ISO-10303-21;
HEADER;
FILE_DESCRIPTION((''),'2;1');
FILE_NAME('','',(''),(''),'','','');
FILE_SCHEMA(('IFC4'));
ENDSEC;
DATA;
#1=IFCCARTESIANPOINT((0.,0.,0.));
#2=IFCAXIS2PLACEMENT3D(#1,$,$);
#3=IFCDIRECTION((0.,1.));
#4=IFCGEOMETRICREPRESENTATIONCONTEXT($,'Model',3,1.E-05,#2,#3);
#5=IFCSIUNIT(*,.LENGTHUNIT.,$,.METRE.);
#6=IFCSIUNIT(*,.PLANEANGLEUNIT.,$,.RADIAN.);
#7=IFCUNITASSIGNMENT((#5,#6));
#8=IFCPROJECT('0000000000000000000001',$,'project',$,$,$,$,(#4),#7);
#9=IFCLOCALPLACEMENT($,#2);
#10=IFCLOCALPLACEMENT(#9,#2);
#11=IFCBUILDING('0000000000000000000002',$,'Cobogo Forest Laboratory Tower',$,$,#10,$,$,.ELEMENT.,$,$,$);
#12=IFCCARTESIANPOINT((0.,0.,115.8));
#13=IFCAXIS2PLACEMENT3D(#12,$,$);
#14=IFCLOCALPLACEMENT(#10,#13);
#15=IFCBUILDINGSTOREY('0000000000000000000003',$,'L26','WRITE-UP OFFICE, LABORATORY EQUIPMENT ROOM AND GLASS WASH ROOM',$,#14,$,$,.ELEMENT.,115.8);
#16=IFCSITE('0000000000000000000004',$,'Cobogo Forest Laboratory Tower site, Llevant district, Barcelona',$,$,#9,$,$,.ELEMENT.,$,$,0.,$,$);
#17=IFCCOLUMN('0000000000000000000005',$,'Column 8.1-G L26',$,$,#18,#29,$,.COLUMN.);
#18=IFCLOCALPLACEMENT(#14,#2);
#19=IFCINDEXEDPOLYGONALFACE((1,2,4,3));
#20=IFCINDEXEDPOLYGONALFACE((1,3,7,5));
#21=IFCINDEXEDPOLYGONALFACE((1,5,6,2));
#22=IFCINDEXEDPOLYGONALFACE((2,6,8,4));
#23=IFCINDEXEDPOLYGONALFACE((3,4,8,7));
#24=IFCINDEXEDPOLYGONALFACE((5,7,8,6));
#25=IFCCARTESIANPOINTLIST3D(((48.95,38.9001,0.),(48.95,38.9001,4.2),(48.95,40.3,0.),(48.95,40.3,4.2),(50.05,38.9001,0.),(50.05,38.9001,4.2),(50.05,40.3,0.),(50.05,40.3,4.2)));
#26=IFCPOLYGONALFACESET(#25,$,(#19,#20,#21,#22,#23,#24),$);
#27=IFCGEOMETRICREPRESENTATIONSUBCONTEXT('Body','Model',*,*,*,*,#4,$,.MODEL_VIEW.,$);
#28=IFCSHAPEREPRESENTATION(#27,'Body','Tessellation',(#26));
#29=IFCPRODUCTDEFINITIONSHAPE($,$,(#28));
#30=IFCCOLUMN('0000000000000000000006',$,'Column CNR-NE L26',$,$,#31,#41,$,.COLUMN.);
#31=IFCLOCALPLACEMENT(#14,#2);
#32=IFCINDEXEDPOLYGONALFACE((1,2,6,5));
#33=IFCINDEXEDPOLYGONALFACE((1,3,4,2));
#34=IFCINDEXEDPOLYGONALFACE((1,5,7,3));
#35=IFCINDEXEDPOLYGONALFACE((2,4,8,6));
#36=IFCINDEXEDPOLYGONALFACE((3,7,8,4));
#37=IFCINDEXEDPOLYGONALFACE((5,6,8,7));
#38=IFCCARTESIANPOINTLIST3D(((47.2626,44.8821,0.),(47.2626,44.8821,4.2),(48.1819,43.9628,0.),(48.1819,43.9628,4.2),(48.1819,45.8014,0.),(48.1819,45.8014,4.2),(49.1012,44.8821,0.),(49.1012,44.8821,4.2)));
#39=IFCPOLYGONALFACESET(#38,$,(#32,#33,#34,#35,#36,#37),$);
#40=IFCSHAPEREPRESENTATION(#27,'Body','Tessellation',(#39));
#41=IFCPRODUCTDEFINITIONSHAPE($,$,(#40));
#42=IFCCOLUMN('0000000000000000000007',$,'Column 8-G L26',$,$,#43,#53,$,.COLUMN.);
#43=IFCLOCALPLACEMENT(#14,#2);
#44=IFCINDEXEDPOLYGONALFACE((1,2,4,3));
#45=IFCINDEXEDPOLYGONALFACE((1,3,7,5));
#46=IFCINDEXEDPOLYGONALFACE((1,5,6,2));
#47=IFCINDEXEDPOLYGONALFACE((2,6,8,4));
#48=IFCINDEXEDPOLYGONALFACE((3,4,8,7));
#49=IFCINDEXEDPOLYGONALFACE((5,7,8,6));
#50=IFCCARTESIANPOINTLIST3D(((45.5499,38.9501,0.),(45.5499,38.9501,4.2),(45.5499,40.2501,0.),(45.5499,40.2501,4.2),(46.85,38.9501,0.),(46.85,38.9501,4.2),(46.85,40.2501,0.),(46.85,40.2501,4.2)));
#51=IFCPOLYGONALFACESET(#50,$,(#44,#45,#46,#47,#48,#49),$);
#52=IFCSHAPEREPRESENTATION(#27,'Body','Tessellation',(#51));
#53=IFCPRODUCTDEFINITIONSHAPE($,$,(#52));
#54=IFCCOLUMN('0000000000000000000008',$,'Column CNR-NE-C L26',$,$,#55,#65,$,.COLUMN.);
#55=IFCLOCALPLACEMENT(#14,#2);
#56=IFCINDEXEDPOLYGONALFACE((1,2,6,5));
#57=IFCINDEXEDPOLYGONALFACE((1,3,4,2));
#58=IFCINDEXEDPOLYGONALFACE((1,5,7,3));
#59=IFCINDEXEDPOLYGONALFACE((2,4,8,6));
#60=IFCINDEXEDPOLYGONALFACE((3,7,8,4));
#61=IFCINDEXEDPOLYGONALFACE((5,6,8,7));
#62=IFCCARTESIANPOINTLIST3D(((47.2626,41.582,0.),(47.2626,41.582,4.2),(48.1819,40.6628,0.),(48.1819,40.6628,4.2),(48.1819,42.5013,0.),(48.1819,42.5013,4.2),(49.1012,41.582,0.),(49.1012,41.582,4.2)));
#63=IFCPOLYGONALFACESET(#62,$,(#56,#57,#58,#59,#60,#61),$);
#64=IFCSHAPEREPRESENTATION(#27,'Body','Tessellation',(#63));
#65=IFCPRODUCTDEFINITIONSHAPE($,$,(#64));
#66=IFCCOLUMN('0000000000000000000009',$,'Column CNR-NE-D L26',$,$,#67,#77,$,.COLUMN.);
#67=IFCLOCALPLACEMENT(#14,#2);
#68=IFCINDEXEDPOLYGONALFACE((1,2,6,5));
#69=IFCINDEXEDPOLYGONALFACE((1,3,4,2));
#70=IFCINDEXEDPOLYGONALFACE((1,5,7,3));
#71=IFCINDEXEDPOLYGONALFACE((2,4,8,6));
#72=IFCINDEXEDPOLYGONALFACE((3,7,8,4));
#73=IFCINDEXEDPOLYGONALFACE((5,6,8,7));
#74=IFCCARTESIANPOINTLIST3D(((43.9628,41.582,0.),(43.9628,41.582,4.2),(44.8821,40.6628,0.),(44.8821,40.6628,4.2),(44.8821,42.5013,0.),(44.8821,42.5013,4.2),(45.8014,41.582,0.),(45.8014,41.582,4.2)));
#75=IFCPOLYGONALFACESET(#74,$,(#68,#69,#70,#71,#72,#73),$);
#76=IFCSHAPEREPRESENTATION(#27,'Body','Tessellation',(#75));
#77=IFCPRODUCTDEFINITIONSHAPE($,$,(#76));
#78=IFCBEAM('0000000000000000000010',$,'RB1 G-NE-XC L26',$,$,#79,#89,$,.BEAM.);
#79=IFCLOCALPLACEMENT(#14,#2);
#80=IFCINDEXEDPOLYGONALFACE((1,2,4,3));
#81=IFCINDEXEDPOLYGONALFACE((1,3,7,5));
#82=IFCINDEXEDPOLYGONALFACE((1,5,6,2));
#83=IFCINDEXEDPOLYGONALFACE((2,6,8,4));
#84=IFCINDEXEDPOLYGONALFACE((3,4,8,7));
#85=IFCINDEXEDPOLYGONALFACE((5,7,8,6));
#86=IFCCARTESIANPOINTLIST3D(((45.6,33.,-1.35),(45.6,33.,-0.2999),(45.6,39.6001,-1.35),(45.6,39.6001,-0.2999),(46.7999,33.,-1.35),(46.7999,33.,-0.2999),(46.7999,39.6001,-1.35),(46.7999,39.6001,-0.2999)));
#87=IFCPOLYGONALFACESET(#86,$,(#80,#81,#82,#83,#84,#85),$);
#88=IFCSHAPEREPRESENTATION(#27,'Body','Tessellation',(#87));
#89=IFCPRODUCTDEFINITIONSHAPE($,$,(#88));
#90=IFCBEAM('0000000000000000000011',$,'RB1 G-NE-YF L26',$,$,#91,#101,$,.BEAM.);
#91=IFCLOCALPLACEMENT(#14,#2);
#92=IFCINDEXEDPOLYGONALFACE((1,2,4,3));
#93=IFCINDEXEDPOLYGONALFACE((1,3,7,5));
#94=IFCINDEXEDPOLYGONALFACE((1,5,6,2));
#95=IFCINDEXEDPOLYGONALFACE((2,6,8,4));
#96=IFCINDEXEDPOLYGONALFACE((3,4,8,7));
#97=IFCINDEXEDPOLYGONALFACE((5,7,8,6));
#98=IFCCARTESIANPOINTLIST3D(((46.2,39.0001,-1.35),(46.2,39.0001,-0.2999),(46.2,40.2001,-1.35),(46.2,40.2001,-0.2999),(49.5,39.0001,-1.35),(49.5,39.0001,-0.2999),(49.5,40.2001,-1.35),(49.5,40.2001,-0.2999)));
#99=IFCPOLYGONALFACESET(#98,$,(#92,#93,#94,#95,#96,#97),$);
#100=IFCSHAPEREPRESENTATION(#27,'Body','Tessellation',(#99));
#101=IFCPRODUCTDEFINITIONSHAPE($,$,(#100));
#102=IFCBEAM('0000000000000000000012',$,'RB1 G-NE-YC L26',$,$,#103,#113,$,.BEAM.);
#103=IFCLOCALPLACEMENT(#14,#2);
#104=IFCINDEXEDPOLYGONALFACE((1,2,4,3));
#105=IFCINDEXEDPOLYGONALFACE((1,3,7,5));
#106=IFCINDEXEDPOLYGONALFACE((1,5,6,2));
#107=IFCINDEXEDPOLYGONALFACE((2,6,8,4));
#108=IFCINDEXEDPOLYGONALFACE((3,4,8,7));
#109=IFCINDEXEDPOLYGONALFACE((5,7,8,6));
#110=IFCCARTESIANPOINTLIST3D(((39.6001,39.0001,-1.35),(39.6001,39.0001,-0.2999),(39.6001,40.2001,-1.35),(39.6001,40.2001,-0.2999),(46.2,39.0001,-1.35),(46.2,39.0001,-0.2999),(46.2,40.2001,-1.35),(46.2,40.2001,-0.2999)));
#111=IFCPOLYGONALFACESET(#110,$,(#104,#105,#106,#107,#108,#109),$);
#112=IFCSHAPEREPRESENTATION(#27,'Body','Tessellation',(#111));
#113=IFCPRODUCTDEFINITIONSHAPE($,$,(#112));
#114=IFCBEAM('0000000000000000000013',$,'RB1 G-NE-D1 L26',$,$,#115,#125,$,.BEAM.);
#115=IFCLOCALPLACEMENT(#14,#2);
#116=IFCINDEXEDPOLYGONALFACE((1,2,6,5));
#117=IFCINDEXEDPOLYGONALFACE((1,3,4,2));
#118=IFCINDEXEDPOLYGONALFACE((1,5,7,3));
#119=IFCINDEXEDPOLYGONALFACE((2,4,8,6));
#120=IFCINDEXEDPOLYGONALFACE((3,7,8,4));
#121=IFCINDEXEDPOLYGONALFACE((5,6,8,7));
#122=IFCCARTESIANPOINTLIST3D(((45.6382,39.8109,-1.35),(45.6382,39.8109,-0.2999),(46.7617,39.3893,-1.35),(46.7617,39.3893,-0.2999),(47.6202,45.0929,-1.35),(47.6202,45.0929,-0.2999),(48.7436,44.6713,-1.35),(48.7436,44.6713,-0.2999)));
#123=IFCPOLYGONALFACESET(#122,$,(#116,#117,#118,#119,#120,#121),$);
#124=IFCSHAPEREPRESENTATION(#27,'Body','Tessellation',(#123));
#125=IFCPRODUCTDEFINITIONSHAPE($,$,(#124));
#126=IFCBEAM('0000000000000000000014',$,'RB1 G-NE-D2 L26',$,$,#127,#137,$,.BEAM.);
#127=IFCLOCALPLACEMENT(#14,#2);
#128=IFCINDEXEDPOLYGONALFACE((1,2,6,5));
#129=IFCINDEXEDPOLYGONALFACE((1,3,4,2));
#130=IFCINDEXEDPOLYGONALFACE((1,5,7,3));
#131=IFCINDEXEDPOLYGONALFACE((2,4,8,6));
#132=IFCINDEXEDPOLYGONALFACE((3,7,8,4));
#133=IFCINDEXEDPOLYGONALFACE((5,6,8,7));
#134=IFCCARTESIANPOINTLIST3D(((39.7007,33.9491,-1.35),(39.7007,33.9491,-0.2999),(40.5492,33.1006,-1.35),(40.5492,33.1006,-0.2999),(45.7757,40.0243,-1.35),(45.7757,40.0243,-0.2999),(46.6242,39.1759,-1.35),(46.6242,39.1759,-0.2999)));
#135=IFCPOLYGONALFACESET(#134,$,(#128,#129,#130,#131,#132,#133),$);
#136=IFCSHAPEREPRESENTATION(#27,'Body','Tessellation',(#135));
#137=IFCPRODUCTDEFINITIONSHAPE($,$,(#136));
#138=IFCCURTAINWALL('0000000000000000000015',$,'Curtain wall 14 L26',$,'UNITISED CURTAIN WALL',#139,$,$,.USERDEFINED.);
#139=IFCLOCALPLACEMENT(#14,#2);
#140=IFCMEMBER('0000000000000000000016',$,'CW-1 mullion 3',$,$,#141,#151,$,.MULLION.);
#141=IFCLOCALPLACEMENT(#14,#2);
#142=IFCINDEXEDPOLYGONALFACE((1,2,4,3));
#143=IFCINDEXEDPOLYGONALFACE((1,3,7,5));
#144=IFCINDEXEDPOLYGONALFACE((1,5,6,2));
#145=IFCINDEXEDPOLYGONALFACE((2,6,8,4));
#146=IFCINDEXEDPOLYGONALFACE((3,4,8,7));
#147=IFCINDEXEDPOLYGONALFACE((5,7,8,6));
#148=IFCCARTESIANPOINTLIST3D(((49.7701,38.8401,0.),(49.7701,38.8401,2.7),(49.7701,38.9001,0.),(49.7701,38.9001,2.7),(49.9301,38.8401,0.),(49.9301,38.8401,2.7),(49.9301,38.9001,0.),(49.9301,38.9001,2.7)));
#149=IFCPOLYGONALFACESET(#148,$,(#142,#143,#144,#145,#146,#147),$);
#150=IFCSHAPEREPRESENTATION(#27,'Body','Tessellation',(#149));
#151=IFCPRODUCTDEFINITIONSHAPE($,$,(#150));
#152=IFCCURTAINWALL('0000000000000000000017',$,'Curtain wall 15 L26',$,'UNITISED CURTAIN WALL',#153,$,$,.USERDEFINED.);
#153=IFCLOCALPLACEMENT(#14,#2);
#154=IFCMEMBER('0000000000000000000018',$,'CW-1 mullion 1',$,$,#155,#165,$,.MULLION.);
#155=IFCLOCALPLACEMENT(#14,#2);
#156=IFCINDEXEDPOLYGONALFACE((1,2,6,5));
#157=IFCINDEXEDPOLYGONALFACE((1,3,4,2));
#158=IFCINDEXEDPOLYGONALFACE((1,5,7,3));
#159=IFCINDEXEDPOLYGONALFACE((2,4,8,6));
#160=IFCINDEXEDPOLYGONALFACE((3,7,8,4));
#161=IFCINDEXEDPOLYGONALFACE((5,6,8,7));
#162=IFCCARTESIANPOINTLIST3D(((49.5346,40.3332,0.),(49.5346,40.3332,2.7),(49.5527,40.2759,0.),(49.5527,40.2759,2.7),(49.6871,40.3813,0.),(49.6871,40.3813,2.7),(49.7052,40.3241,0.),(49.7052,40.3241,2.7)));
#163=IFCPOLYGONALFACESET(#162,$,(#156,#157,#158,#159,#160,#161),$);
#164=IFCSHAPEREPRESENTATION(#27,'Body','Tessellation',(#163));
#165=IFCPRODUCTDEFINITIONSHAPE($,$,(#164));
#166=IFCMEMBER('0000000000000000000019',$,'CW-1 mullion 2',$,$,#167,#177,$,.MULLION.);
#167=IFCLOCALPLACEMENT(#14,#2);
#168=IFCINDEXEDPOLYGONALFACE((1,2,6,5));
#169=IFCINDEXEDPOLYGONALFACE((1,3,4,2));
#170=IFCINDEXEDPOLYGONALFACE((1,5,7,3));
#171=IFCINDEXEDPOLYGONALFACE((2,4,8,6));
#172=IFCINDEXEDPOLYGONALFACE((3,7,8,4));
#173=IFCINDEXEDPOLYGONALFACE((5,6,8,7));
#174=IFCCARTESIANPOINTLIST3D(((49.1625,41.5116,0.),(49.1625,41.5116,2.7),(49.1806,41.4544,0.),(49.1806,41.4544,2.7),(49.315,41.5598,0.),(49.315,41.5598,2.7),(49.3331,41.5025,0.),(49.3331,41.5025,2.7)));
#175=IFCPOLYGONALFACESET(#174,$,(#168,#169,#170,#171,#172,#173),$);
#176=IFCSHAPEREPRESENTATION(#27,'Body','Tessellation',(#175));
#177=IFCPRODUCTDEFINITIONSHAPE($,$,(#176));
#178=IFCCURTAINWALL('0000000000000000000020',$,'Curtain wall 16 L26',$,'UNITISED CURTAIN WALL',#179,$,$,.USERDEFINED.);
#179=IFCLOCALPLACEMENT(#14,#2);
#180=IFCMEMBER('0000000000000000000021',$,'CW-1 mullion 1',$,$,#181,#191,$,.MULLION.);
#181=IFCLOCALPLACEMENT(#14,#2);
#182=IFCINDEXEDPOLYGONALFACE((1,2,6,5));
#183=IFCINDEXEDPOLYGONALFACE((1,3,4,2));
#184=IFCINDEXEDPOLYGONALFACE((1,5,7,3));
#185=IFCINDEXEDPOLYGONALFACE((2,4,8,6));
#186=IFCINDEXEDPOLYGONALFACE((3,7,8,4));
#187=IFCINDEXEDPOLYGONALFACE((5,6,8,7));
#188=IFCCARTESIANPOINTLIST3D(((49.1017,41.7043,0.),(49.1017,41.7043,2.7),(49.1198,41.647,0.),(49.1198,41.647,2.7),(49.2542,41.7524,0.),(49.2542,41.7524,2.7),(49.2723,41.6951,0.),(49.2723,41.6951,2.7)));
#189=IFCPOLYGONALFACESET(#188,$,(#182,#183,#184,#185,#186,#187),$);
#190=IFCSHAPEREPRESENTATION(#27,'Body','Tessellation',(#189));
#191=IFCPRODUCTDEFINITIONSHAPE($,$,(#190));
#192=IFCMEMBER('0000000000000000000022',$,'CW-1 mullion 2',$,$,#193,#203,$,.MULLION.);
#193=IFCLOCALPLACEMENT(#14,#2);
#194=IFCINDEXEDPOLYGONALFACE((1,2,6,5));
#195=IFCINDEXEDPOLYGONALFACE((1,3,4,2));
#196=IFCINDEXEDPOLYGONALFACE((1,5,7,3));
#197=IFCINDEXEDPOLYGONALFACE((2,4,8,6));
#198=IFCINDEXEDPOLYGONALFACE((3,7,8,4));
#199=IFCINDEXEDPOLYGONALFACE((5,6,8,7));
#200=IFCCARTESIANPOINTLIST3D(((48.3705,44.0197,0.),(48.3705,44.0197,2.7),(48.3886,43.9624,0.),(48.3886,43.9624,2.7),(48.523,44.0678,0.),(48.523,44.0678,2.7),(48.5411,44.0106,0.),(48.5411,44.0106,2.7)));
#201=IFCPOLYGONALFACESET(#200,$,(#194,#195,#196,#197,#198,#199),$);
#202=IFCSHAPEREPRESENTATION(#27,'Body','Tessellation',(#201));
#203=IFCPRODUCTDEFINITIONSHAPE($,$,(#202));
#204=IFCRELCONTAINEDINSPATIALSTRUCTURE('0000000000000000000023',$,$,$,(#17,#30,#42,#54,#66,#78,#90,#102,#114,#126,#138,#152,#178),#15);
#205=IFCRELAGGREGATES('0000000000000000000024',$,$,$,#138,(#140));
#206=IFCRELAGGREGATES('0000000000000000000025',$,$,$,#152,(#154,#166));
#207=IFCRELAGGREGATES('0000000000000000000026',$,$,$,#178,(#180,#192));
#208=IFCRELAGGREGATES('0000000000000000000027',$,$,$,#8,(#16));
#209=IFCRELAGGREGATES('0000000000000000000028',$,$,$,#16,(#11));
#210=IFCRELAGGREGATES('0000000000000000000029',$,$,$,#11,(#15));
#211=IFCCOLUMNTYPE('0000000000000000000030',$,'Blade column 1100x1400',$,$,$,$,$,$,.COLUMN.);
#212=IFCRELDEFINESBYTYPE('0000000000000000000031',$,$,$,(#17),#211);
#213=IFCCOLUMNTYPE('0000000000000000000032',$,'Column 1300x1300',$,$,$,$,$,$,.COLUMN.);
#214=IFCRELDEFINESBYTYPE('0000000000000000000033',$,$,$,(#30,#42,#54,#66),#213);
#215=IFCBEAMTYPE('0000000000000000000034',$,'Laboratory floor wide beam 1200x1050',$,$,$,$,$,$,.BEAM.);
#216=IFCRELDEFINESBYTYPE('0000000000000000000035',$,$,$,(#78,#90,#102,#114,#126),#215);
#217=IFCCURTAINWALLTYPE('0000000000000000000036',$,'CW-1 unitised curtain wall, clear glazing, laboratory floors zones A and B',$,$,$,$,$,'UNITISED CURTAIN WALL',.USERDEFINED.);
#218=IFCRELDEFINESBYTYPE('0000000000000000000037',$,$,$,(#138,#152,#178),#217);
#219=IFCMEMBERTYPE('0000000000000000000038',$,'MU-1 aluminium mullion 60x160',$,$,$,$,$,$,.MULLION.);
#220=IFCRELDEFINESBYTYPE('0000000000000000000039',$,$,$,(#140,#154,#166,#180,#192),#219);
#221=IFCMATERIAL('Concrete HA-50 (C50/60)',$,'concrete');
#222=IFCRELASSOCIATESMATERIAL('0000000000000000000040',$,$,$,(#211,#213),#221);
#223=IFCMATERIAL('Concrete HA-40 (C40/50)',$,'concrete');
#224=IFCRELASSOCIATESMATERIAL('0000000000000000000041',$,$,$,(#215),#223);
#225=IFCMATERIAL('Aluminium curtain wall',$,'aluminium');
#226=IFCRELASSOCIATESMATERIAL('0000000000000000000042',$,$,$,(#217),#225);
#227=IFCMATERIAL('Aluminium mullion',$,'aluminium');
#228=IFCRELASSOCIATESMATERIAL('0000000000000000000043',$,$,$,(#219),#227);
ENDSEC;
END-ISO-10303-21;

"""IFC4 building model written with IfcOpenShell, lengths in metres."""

from ifc_helpers import new_model, si_unit, direction, frame, origin, origin_2d, place, context, subcontext, project, spatial, rectangle, extrude, material, material_profile, profile_set, type_object, element, aggregate, save


model = new_model("IFC4")

# Units and contexts
model_context = context("Model", 3, precision=1e-05, world=origin(), true_north=direction((0.0, 1.0)))
body_context = subcontext(model_context, "Body", "Model", "MODEL_VIEW")
ifc_project = project(units=[si_unit("LENGTHUNIT", "METRE"), si_unit("PLANEANGLEUNIT", "RADIAN")], contexts=[model_context])

# Site, building, storey
site_placement = place(None, origin())
site = spatial("IfcSite", under=ifc_project, at=site_placement, Name="Cobogo Forest Laboratory Tower site, Llevant district, Barcelona", CompositionType="ELEMENT", RefElevation=0.0)
building_placement = place(site_placement, origin())
building = spatial("IfcBuilding", under=site, at=building_placement, Name="Cobogo Forest Laboratory Tower", CompositionType="ELEMENT")
storey_placement = place(building_placement, frame((0.0, 0.0, 115.8)))
storey = spatial("IfcBuildingStorey", under=building, at=storey_placement, Name="L26", Description="WRITE-UP OFFICE, LABORATORY EQUIPMENT ROOM AND GLASS WASH ROOM", CompositionType="ELEMENT", Elevation=115.8)

# Columns
ifc_material_1 = material(Name="Concrete HA-50 (C50/60)", Category="concrete")
ifc_material_profile_1 = material_profile(ifc_material_1, rectangle(XDim=1.3999, YDim=1.1001, at=origin_2d()), Name="RC 1100x1400")
ifc_profile_set_1 = profile_set([ifc_material_profile_1], Name="Concrete HA-50 (C50/60)")
column_type_1 = type_object("IfcColumnType", Name="Blade column 1100x1400", PredefinedType="COLUMN", material=ifc_profile_set_1)
column_placement = place(storey_placement, frame((49.5, 39.6001, 0.0), z_axis=(0.0, 0.0, 1.0), x_axis=(0.0, 1.0, 0.0)))
element("IfcColumn", 1, at=column_placement, inside=storey, type_object=column_type_1, Name="Column 8.1-G L26", PredefinedType="COLUMN", context=body_context, shape_type="SweptSolid", body=[
    extrude(rectangle(XDim=1.3999, YDim=1.1001, at=origin_2d()), origin(), (0.0, 0.0, 1.0), 4.2),
])
ifc_material_profile_2 = material_profile(ifc_material_1, rectangle(XDim=1.3, YDim=1.3, at=origin_2d()), Name="RC 1300x1300")
ifc_profile_set_2 = profile_set([ifc_material_profile_2], Name="Concrete HA-50 (C50/60)")
column_type_2 = type_object("IfcColumnType", Name="Column 1300x1300", PredefinedType="COLUMN", material=ifc_profile_set_2)
for number, where, z_axis, x_axis, name in (
    (2, (48.1819, 44.8821, 0.0), (0.0, 0.0, 1.0), (0.707107, 0.707107, 0.0), "Column CNR-NE L26"),
    (3, (46.2, 39.6001, 0.0), (0.0, 0.0, 1.0), (1.0, 0.0, 0.0), "Column 8-G L26"),
    (4, (48.1819, 41.582, 0.0), (0.0, 0.0, 1.0), (0.707107, 0.707107, 0.0), "Column CNR-NE-C L26"),
    (5, (44.8821, 41.582, 0.0), (0.0, 0.0, 1.0), (0.707107, 0.707107, 0.0), "Column CNR-NE-D L26"),
):
    element("IfcColumn", number, at=place(storey_placement, frame(where, z_axis=z_axis, x_axis=x_axis)), inside=storey, type_object=column_type_2, Name=name, PredefinedType="COLUMN", context=body_context, shape_type="SweptSolid", body=[
        extrude(rectangle(XDim=1.3, YDim=1.3, at=origin_2d()), origin(), (0.0, 0.0, 1.0), 4.2),
    ])

# Beams
ifc_material_2 = material(Name="Concrete HA-40 (C40/50)", Category="concrete")
ifc_material_profile_3 = material_profile(ifc_material_2, rectangle(XDim=1.2, YDim=1.05, at=origin_2d()), Name="RC 1200x1050")
ifc_profile_set_3 = profile_set([ifc_material_profile_3], Name="Concrete HA-40 (C40/50)")
beam_type_1 = type_object("IfcBeamType", Name="Laboratory floor wide beam 1200x1050", PredefinedType="BEAM", material=ifc_profile_set_3)
beam_1_placement = place(storey_placement, frame((46.2, 39.6001, -0.825), z_axis=(0.0, -1.0, 0.0), x_axis=(1.0, 0.0, 0.0)))
element("IfcBeam", 6, at=beam_1_placement, inside=storey, type_object=beam_type_1, Name="RB1 G-NE-XC L26", PredefinedType="BEAM", context=body_context, shape_type="SweptSolid", body=[
    extrude(rectangle(XDim=1.2, YDim=1.05, at=origin_2d()), origin(), (0.0, 0.0, 1.0), 6.6001),
])
beam_2_placement = place(storey_placement, frame((49.5, 39.6001, -0.825), z_axis=(-1.0, 0.0, 0.0), x_axis=(0.0, -1.0, 0.0)))
element("IfcBeam", 7, at=beam_2_placement, inside=storey, type_object=beam_type_1, Name="RB1 G-NE-YF L26", PredefinedType="BEAM", context=body_context, shape_type="SweptSolid", body=[
    extrude(rectangle(XDim=1.2, YDim=1.05, at=origin_2d()), origin(), (0.0, 0.0, 1.0), 3.3),
])
beam_3_placement = place(storey_placement, frame((46.2, 39.6001, -0.825), z_axis=(-1.0, 0.0, 0.0), x_axis=(0.0, -1.0, 0.0)))
element("IfcBeam", 8, at=beam_3_placement, inside=storey, type_object=beam_type_1, Name="RB1 G-NE-YC L26", PredefinedType="BEAM", context=body_context, shape_type="SweptSolid", body=[
    extrude(rectangle(XDim=1.2, YDim=1.05, at=origin_2d()), origin(), (0.0, 0.0, 1.0), 6.5999),
])
beam_4_placement = place(storey_placement, frame((48.1819, 44.8821, -0.825), z_axis=(-0.351308, -0.93626, 0.0), x_axis=(0.93626, -0.351308, 0.0)))
element("IfcBeam", 9, at=beam_4_placement, inside=storey, type_object=beam_type_1, Name="RB1 G-NE-D1 L26", PredefinedType="BEAM", context=body_context, shape_type="SweptSolid", body=[
    extrude(rectangle(XDim=1.2, YDim=1.05, at=origin_2d()), origin(), (0.0, 0.0, 1.0), 5.6416),
])
beam_5_placement = place(storey_placement, frame((46.2, 39.6001, -0.825), z_axis=(-0.707093, -0.707121, 0.0), x_axis=(0.707121, -0.707093, 0.0)))
element("IfcBeam", 10, at=beam_5_placement, inside=storey, type_object=beam_type_1, Name="RB1 G-NE-D2 L26", PredefinedType="BEAM", context=body_context, shape_type="SweptSolid", body=[
    extrude(rectangle(XDim=1.2, YDim=1.05, at=origin_2d()), origin(), (0.0, 0.0, 1.0), 8.5916),
])

# Curtain wall, member
ifc_material_3 = material(Name="Aluminium curtain wall", Category="aluminium")
curtain_wall_type = type_object("IfcCurtainWallType", Name="CW-1 unitised curtain wall, clear glazing, laboratory floors zones A and B", ElementType="UNITISED CURTAIN WALL", PredefinedType="USERDEFINED", material=ifc_material_3)
curtain_wall_1_placement = place(storey_placement, origin())
curtain_wall_1 = element("IfcCurtainWall", 11, at=curtain_wall_1_placement, inside=storey, type_object=curtain_wall_type, Name="Curtain wall 14 L26", ObjectType="UNITISED CURTAIN WALL", PredefinedType="USERDEFINED")
ifc_material_4 = material(Name="Aluminium mullion", Category="aluminium")
ifc_material_profile_4 = material_profile(ifc_material_4, rectangle(XDim=0.0601, YDim=0.1599, at=origin_2d()), Name="AL 60x160")
ifc_profile_set_4 = profile_set([ifc_material_profile_4], Name="Aluminium mullion")
member_type_1 = type_object("IfcMemberType", Name="MU-1 aluminium mullion 60x160", PredefinedType="MULLION", material=ifc_profile_set_4)
member_1_placement = place(storey_placement, frame((49.8501, 38.8701, 0.0), z_axis=(0.0, 0.0, 1.0), x_axis=(0.0, 1.0, 0.0)))
member_1 = element("IfcMember", 12, at=member_1_placement, type_object=member_type_1, Name="CW-1 mullion 3", PredefinedType="MULLION", context=body_context, shape_type="SweptSolid", body=[
    extrude(rectangle(XDim=0.0601, YDim=0.1599, at=origin_2d()), origin(), (0.0, 0.0, 1.0), 2.7),
])

# Curtain walls, members
curtain_wall_2_placement = place(storey_placement, origin())
curtain_wall_2 = element("IfcCurtainWall", 13, at=curtain_wall_2_placement, inside=storey, type_object=curtain_wall_type, Name="Curtain wall 15 L26", ObjectType="UNITISED CURTAIN WALL", PredefinedType="USERDEFINED")
member_2_placement = place(storey_placement, frame((49.6199, 40.3286, 0.0), z_axis=(0.0, 0.0, 1.0), x_axis=(-0.301135, 0.953581, 0.0)))
member_2 = element("IfcMember", 14, at=member_2_placement, type_object=member_type_1, Name="CW-1 mullion 1", PredefinedType="MULLION", context=body_context, shape_type="SweptSolid", body=[
    extrude(rectangle(XDim=0.0601, YDim=0.1599, at=origin_2d()), origin(), (0.0, 0.0, 1.0), 2.7),
])
member_3_placement = place(storey_placement, frame((49.2478, 41.5071, 0.0), z_axis=(0.0, 0.0, 1.0), x_axis=(-0.301135, 0.953581, 0.0)))
member_3 = element("IfcMember", 15, at=member_3_placement, type_object=member_type_1, Name="CW-1 mullion 2", PredefinedType="MULLION", context=body_context, shape_type="SweptSolid", body=[
    extrude(rectangle(XDim=0.0601, YDim=0.1599, at=origin_2d()), origin(), (0.0, 0.0, 1.0), 2.7),
])
curtain_wall_3_placement = place(storey_placement, origin())
curtain_wall_3 = element("IfcCurtainWall", 16, at=curtain_wall_3_placement, inside=storey, type_object=curtain_wall_type, Name="Curtain wall 16 L26", ObjectType="UNITISED CURTAIN WALL", PredefinedType="USERDEFINED")
member_4_placement = place(storey_placement, frame((49.187, 41.6997, 0.0), z_axis=(0.0, 0.0, 1.0), x_axis=(-0.301135, 0.953581, 0.0)))
member_4 = element("IfcMember", 17, at=member_4_placement, type_object=member_type_1, Name="CW-1 mullion 1", PredefinedType="MULLION", context=body_context, shape_type="SweptSolid", body=[
    extrude(rectangle(XDim=0.0601, YDim=0.1599, at=origin_2d()), origin(), (0.0, 0.0, 1.0), 2.7),
])
member_5_placement = place(storey_placement, frame((48.4558, 44.0151, 0.0), z_axis=(0.0, 0.0, 1.0), x_axis=(-0.301135, 0.953581, 0.0)))
member_5 = element("IfcMember", 18, at=member_5_placement, type_object=member_type_1, Name="CW-1 mullion 2", PredefinedType="MULLION", context=body_context, shape_type="SweptSolid", body=[
    extrude(rectangle(XDim=0.0601, YDim=0.1599, at=origin_2d()), origin(), (0.0, 0.0, 1.0), 2.7),
])

aggregate(curtain_wall_1, [member_1])
aggregate(curtain_wall_2, [member_2, member_3])
aggregate(curtain_wall_3, [member_4, member_5])

save(model, "model.ifc")
